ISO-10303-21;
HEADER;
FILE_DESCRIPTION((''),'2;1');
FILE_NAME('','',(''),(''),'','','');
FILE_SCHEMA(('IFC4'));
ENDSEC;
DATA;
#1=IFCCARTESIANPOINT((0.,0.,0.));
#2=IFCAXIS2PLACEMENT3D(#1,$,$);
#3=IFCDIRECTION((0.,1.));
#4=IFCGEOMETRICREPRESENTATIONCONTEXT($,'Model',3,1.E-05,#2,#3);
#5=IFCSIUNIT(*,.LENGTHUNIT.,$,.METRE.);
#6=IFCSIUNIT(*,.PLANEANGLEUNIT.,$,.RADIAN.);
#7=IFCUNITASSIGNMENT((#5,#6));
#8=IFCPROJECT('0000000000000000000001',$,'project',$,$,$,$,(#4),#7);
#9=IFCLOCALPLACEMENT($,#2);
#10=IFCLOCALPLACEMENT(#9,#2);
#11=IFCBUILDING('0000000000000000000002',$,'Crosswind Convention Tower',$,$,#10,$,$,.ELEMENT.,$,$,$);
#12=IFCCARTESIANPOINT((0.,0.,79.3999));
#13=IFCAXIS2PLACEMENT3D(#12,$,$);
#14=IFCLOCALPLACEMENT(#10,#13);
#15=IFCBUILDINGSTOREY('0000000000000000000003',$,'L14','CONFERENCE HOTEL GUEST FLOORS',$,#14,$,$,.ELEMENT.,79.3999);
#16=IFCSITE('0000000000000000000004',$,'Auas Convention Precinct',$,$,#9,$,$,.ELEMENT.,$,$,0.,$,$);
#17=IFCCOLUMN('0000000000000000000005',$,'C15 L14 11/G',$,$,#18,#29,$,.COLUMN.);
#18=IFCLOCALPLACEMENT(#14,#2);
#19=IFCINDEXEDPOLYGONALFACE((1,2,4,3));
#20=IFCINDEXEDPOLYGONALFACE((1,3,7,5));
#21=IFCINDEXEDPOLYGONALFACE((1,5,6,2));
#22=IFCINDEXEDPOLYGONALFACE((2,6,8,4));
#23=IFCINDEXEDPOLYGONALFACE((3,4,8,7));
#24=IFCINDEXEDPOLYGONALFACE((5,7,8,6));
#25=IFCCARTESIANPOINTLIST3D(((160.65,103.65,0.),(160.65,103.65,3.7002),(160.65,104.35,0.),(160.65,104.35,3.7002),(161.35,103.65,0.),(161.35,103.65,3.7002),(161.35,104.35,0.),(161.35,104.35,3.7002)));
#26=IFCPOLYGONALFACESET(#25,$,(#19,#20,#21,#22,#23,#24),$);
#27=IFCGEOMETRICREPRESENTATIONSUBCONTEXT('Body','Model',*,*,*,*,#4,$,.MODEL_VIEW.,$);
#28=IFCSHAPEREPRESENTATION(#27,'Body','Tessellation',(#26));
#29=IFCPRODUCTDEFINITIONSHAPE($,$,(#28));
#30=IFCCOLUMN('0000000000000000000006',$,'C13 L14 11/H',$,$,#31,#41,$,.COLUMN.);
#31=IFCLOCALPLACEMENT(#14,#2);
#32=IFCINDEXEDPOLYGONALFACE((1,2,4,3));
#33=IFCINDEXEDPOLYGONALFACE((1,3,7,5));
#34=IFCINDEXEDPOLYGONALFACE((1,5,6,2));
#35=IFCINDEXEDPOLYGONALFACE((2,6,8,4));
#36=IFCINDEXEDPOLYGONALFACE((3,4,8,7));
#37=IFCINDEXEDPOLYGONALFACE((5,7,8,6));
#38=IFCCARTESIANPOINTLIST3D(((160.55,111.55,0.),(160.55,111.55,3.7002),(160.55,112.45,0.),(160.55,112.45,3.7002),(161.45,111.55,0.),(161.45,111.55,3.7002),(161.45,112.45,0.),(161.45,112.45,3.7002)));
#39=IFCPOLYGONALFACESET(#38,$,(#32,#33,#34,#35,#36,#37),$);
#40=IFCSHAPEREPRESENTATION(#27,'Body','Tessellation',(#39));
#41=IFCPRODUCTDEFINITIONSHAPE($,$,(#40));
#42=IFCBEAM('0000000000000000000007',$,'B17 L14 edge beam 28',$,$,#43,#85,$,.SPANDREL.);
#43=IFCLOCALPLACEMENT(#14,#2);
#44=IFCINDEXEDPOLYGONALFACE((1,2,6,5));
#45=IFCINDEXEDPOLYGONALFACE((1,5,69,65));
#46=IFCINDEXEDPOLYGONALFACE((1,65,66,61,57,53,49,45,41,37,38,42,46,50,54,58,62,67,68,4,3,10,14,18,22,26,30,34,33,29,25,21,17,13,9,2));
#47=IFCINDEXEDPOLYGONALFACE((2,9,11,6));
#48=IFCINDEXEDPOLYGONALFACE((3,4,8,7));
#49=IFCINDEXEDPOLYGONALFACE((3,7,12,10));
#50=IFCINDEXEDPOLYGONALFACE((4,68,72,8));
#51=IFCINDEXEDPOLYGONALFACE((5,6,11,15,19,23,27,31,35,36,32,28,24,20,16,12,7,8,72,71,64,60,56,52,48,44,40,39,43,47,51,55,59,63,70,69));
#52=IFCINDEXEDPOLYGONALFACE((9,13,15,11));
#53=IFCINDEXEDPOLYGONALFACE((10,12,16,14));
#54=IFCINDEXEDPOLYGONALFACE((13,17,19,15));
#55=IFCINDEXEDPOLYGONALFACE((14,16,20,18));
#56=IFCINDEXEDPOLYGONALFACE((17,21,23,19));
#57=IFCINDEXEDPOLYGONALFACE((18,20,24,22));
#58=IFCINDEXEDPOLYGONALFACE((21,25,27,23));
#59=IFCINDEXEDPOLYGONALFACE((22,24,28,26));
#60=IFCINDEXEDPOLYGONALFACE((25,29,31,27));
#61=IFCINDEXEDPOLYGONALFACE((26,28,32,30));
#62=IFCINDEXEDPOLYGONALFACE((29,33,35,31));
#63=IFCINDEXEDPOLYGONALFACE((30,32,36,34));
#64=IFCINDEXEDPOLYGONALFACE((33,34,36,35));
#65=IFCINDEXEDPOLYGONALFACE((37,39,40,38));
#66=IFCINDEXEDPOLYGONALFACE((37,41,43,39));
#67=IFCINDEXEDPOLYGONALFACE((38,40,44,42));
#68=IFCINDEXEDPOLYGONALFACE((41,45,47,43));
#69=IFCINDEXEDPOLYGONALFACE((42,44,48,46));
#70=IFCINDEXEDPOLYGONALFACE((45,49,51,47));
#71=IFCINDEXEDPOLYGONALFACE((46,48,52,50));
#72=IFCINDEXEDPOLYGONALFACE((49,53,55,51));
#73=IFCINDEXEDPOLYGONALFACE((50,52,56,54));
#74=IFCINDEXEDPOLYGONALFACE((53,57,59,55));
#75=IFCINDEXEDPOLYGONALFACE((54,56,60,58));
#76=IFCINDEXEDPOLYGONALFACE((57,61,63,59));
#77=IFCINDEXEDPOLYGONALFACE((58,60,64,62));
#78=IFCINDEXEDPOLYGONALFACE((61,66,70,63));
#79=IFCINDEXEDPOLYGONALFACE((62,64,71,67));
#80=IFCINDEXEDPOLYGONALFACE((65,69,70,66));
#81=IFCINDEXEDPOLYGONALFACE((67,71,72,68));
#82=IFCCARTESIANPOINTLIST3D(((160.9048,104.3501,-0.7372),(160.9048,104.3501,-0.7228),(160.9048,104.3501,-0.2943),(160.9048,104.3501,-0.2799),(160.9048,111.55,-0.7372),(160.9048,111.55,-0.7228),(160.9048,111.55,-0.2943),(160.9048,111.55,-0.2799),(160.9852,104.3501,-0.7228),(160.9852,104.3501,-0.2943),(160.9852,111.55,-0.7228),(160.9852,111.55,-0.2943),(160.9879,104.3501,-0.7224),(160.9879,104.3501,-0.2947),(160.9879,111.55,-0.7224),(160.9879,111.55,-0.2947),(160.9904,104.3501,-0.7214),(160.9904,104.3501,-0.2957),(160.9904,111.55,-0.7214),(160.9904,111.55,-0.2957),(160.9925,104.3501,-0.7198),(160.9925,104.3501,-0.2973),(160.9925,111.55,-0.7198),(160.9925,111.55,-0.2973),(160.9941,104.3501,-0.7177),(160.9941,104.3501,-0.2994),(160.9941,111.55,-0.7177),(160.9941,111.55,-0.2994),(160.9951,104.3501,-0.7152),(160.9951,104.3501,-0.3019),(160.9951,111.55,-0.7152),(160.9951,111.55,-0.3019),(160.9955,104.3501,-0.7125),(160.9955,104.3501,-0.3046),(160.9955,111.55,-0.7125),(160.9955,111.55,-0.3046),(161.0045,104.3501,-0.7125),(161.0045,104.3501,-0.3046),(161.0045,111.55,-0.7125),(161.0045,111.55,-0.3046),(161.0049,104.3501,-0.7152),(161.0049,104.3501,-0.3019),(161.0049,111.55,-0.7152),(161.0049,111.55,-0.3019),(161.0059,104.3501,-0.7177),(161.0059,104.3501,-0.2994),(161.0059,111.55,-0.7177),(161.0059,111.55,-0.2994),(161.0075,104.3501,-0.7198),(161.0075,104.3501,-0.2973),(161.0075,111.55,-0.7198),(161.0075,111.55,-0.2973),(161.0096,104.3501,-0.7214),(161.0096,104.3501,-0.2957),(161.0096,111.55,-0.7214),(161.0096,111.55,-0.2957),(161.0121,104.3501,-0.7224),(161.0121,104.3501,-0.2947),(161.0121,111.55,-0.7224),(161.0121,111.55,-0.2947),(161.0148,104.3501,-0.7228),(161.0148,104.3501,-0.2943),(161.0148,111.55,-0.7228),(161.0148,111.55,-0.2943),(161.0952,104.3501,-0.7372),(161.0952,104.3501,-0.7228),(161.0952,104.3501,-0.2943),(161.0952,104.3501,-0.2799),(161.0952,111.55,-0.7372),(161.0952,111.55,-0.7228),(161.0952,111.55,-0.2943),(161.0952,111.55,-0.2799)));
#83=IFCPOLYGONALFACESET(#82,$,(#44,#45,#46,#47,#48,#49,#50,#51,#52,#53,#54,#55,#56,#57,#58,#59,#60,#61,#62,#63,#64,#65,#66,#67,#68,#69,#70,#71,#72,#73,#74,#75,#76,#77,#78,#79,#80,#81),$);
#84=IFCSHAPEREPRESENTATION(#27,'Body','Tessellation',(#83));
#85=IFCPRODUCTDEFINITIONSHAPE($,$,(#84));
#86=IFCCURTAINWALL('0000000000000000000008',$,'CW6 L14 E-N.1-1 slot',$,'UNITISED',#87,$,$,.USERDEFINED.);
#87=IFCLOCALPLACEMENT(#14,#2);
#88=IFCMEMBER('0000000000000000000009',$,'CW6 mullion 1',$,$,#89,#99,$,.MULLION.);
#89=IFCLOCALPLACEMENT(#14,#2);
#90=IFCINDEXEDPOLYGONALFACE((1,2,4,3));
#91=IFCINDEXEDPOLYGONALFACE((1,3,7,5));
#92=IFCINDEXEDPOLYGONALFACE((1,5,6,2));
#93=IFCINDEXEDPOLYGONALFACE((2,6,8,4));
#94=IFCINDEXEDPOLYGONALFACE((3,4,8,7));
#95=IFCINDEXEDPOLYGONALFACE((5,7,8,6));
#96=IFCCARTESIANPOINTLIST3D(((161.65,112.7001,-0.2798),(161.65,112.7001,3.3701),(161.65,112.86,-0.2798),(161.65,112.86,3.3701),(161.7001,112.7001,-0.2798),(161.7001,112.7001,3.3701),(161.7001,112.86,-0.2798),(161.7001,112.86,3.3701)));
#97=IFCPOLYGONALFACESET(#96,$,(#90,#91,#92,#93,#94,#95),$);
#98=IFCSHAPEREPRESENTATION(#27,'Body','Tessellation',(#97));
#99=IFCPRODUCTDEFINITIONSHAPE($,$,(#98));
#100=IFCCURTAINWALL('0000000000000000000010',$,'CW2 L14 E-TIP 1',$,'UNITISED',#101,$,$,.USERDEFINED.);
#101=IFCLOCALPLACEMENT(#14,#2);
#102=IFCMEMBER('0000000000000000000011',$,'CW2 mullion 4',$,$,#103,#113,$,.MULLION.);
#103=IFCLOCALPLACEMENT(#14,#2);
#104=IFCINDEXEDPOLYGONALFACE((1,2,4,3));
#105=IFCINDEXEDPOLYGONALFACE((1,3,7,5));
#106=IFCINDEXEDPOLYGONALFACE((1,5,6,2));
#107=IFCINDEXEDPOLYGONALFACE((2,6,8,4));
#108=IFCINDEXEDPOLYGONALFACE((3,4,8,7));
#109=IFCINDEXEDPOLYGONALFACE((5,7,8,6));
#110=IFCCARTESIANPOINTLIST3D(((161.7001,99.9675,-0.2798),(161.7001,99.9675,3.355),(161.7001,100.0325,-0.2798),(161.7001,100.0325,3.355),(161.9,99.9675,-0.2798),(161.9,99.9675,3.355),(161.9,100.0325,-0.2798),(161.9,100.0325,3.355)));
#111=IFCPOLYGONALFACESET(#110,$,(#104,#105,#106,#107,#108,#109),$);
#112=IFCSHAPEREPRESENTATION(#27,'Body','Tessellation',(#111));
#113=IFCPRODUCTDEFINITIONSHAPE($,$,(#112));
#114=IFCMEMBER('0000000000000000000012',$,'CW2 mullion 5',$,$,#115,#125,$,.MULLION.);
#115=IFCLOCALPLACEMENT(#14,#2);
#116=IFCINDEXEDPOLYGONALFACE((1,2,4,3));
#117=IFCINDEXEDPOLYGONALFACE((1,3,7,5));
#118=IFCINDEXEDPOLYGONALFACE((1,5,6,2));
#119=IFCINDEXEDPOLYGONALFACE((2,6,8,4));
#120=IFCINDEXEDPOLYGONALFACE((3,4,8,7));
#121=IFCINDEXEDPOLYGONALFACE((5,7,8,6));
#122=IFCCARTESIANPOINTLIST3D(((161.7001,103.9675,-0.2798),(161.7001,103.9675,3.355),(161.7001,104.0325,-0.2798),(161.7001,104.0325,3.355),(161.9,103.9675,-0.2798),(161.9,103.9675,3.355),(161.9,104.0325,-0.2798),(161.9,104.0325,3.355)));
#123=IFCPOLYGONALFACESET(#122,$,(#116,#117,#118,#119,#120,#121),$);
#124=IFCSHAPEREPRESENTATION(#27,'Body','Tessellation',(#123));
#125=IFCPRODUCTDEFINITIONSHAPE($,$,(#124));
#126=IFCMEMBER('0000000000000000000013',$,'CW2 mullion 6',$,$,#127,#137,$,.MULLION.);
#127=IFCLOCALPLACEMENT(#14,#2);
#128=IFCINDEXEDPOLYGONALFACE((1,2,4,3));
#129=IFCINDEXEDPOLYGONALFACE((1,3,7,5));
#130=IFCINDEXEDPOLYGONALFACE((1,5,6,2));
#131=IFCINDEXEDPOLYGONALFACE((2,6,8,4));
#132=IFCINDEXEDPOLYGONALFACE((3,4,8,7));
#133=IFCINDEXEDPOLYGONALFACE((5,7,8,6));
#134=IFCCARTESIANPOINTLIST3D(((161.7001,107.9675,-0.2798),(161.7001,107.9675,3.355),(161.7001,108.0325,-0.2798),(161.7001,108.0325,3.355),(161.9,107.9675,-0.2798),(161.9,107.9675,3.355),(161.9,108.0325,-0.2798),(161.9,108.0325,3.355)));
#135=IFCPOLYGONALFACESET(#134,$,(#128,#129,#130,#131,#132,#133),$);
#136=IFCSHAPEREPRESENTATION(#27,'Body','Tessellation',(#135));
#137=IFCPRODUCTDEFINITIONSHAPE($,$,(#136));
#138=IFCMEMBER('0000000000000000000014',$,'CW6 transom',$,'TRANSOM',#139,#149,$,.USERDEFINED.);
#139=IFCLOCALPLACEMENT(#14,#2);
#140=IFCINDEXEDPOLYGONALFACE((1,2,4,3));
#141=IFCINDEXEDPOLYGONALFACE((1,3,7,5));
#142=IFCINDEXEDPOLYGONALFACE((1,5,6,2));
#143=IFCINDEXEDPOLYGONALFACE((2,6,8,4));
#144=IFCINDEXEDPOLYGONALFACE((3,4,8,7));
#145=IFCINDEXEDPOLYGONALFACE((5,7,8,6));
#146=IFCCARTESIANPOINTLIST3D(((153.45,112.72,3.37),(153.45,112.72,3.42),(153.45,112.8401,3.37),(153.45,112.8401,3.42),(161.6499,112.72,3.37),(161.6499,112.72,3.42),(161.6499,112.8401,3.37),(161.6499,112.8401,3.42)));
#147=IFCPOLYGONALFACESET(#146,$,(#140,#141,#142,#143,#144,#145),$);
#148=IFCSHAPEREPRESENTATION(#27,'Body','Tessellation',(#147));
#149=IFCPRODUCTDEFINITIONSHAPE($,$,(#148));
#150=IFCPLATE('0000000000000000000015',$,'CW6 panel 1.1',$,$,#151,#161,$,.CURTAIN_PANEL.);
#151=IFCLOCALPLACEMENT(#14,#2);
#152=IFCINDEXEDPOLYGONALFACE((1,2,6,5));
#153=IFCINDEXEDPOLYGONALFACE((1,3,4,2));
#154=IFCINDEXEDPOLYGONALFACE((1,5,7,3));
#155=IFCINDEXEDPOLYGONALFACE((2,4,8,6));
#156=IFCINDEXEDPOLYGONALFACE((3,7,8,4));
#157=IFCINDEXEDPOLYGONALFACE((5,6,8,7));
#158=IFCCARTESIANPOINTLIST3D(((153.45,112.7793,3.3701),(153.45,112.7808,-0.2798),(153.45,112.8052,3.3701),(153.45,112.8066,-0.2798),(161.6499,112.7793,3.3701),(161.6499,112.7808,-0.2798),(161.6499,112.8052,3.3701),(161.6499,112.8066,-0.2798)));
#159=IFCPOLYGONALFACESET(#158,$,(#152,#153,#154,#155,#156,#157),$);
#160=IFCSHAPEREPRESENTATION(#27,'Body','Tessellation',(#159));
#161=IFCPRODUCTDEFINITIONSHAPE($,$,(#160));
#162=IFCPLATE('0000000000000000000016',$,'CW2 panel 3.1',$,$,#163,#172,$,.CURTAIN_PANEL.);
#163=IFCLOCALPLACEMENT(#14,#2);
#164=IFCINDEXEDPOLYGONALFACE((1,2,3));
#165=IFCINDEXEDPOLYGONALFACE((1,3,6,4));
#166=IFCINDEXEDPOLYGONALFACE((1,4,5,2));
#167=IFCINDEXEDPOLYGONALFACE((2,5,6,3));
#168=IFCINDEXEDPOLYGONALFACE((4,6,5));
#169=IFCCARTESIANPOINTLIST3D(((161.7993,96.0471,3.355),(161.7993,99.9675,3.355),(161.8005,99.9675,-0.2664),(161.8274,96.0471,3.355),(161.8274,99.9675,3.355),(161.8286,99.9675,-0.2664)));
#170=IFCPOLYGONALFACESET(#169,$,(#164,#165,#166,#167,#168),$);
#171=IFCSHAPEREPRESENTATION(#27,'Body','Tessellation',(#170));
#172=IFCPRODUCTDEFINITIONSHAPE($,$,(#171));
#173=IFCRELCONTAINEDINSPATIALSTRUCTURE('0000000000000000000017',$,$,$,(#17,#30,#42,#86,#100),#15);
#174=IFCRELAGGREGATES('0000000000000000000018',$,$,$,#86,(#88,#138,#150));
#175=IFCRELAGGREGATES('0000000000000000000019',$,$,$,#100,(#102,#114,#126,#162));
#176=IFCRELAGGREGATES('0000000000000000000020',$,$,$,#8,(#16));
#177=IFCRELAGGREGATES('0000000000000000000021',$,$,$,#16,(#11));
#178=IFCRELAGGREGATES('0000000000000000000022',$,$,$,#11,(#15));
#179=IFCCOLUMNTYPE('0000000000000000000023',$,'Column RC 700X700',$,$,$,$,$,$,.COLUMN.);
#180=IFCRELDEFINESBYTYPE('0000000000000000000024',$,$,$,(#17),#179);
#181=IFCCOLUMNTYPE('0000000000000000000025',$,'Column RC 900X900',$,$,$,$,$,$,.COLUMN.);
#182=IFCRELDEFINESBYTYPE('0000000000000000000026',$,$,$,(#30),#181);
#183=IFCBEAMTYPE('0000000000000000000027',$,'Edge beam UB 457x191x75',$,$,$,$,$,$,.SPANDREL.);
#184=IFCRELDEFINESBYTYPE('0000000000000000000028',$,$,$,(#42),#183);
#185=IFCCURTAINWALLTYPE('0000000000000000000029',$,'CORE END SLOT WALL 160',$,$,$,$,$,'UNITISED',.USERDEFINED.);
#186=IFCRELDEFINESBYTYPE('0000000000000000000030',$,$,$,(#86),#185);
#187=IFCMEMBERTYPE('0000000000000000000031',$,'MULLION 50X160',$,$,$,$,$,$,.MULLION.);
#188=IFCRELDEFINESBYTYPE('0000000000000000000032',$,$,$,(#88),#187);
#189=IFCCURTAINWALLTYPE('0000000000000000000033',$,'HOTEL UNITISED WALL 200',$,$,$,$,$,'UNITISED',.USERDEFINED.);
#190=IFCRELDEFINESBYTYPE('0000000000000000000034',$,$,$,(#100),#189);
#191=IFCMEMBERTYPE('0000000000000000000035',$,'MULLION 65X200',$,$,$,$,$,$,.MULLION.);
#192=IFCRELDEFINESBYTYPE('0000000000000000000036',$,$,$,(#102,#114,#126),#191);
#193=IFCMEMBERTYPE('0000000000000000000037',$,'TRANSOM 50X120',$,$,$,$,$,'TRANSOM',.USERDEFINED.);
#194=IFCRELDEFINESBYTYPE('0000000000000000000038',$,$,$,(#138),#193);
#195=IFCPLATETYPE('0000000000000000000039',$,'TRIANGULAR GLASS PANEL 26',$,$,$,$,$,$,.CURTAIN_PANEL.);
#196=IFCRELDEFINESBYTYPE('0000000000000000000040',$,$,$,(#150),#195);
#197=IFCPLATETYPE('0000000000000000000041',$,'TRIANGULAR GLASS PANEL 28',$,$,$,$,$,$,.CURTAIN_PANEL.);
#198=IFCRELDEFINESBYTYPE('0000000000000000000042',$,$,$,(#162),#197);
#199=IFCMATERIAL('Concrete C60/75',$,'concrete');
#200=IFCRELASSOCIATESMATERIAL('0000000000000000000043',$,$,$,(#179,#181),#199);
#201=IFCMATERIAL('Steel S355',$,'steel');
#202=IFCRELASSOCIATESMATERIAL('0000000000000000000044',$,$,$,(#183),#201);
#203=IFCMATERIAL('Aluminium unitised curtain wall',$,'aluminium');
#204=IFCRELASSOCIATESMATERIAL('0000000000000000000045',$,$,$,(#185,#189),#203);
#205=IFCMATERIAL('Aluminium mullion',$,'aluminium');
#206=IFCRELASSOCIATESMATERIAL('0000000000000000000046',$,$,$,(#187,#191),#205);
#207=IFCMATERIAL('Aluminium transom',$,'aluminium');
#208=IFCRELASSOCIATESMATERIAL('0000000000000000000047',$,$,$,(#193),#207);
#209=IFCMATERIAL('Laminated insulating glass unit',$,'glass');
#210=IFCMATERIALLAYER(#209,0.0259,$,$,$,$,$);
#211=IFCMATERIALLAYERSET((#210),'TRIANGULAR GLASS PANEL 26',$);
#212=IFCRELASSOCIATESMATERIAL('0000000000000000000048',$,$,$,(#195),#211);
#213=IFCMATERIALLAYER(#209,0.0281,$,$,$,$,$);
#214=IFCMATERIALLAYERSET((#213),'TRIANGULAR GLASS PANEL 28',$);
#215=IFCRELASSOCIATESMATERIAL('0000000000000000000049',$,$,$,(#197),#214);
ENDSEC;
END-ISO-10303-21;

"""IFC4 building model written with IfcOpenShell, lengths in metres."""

from ifc_helpers import new_model, si_unit, direction, frame, origin, origin_2d, place, context, subcontext, project, spatial, polyline, rectangle, i_section, outline, extrude, material, layer, layer_set, material_profile, profile_set, type_object, element, aggregate, save


model = new_model("IFC4")

# Units and contexts
model_context = context("Model", 3, precision=1e-05, world=origin(), true_north=direction((0.0, 1.0)))
body_context = subcontext(model_context, "Body", "Model", "MODEL_VIEW")
ifc_project = project(units=[si_unit("LENGTHUNIT", "METRE"), si_unit("PLANEANGLEUNIT", "RADIAN")], contexts=[model_context])

# Site, building, storey
site_placement = place(None, origin())
site = spatial("IfcSite", under=ifc_project, at=site_placement, Name="Auas Convention Precinct", CompositionType="ELEMENT", RefElevation=0.0)
building_placement = place(site_placement, origin())
building = spatial("IfcBuilding", under=site, at=building_placement, Name="Crosswind Convention Tower", CompositionType="ELEMENT")
storey_placement = place(building_placement, frame((0.0, 0.0, 79.3999)))
storey = spatial("IfcBuildingStorey", under=building, at=storey_placement, Name="L14", Description="CONFERENCE HOTEL GUEST FLOORS", CompositionType="ELEMENT", Elevation=79.3999)

# Columns
ifc_material_1 = material(Name="Concrete C60/75", Category="concrete")
ifc_material_profile_1 = material_profile(ifc_material_1, rectangle(XDim=0.7, YDim=0.7, at=origin_2d()), Name="RC 700X700")
ifc_profile_set_1 = profile_set([ifc_material_profile_1], Name="Concrete C60/75")
column_type_1 = type_object("IfcColumnType", Name="Column RC 700X700", PredefinedType="COLUMN", material=ifc_profile_set_1)
column_1_placement = place(storey_placement, frame((161.0, 104.0, 0.0), z_axis=(0.0, 0.0, 1.0), x_axis=(1.0, 0.0, 0.0)))
element("IfcColumn", 1, at=column_1_placement, inside=storey, type_object=column_type_1, Name="C15 L14 11/G", PredefinedType="COLUMN", context=body_context, shape_type="SweptSolid", body=[
    extrude(rectangle(XDim=0.7, YDim=0.7, at=origin_2d()), origin(), (0.0, 0.0, 1.0), 3.7002),
])
ifc_material_profile_2 = material_profile(ifc_material_1, rectangle(XDim=0.8999, YDim=0.8999, at=origin_2d()), Name="RC 900X900")
ifc_profile_set_2 = profile_set([ifc_material_profile_2], Name="Concrete C60/75")
column_type_2 = type_object("IfcColumnType", Name="Column RC 900X900", PredefinedType="COLUMN", material=ifc_profile_set_2)
column_2_placement = place(storey_placement, frame((161.0, 112.0, 0.0), z_axis=(0.0, 0.0, 1.0), x_axis=(1.0, 0.0, 0.0)))
element("IfcColumn", 2, at=column_2_placement, inside=storey, type_object=column_type_2, Name="C13 L14 11/H", PredefinedType="COLUMN", context=body_context, shape_type="SweptSolid", body=[
    extrude(rectangle(XDim=0.8999, YDim=0.8999, at=origin_2d()), origin(), (0.0, 0.0, 1.0), 3.7002),
])

# Beam
ifc_material_2 = material(Name="Steel S355", Category="steel")
ifc_material_profile_3 = material_profile(ifc_material_2, i_section(OverallWidth=0.1904, OverallDepth=0.4573, WebThickness=0.009, FlangeThickness=0.0144, FilletRadius=0.0103, at=origin_2d()), Name="UB 457x191x75")
ifc_profile_set_3 = profile_set([ifc_material_profile_3], Name="Steel S355")
beam_type = type_object("IfcBeamType", Name="Edge beam UB 457x191x75", PredefinedType="SPANDREL", material=ifc_profile_set_3)
beam_placement = place(storey_placement, frame((161.0, 104.3501, -0.5085), z_axis=(0.0, 1.0, 0.0), x_axis=(-1.0, 0.0, 0.0)))
element("IfcBeam", 3, at=beam_placement, inside=storey, type_object=beam_type, Name="B17 L14 edge beam 28", PredefinedType="SPANDREL", context=body_context, shape_type="SweptSolid", body=[
    extrude(i_section(OverallWidth=0.1904, OverallDepth=0.4573, WebThickness=0.009, FlangeThickness=0.0144, FilletRadius=0.0103, at=origin_2d()), origin(), (0.0, 0.0, 1.0), 7.2),
])

# Curtain wall, member
ifc_material_3 = material(Name="Aluminium unitised curtain wall", Category="aluminium")
curtain_wall_type_1 = type_object("IfcCurtainWallType", Name="CORE END SLOT WALL 160", ElementType="UNITISED", PredefinedType="USERDEFINED", material=ifc_material_3)
curtain_wall_1_placement = place(storey_placement, origin())
curtain_wall_1 = element("IfcCurtainWall", 4, at=curtain_wall_1_placement, inside=storey, type_object=curtain_wall_type_1, Name="CW6 L14 E-N.1-1 slot", ObjectType="UNITISED", PredefinedType="USERDEFINED")
ifc_material_4 = material(Name="Aluminium mullion", Category="aluminium")
ifc_material_profile_4 = material_profile(ifc_material_4, rectangle(XDim=0.1599, YDim=0.05, at=origin_2d()), Name="AL 160X50")
ifc_profile_set_4 = profile_set([ifc_material_profile_4], Name="Aluminium mullion")
member_type_1 = type_object("IfcMemberType", Name="MULLION 50X160", PredefinedType="MULLION", material=ifc_profile_set_4)
member_1_placement = place(storey_placement, frame((161.675, 112.78, -0.2798), z_axis=(0.0, 0.0, 1.0), x_axis=(0.0, 1.0, 0.0)))
member_1 = element("IfcMember", 5, at=member_1_placement, type_object=member_type_1, Name="CW6 mullion 1", PredefinedType="MULLION", context=body_context, shape_type="SweptSolid", body=[
    extrude(rectangle(XDim=0.1599, YDim=0.05, at=origin_2d()), origin(), (0.0, 0.0, 1.0), 3.6499),
])

# Curtain wall, members
curtain_wall_type_2 = type_object("IfcCurtainWallType", Name="HOTEL UNITISED WALL 200", ElementType="UNITISED", PredefinedType="USERDEFINED", material=ifc_material_3)
curtain_wall_2_placement = place(storey_placement, origin())
curtain_wall_2 = element("IfcCurtainWall", 6, at=curtain_wall_2_placement, inside=storey, type_object=curtain_wall_type_2, Name="CW2 L14 E-TIP 1", ObjectType="UNITISED", PredefinedType="USERDEFINED")
ifc_material_profile_5 = material_profile(ifc_material_4, rectangle(XDim=0.2, YDim=0.0649, at=origin_2d()), Name="AL 200X65")
ifc_profile_set_5 = profile_set([ifc_material_profile_5], Name="Aluminium mullion")
member_type_2 = type_object("IfcMemberType", Name="MULLION 65X200", PredefinedType="MULLION", material=ifc_profile_set_5)
member_2_placement = place(storey_placement, frame((161.8, 100.0, -0.2798), z_axis=(0.0, 0.0, 1.0), x_axis=(1.0, 0.0, 0.0)))
member_2 = element("IfcMember", 7, at=member_2_placement, type_object=member_type_2, Name="CW2 mullion 4", PredefinedType="MULLION", context=body_context, shape_type="SweptSolid", body=[
    extrude(rectangle(XDim=0.2, YDim=0.0649, at=origin_2d()), origin(), (0.0, 0.0, 1.0), 3.6348),
])
member_3_placement = place(storey_placement, frame((161.8, 104.0, -0.2798), z_axis=(0.0, 0.0, 1.0), x_axis=(1.0, 0.0, 0.0)))
member_3 = element("IfcMember", 8, at=member_3_placement, type_object=member_type_2, Name="CW2 mullion 5", PredefinedType="MULLION", context=body_context, shape_type="SweptSolid", body=[
    extrude(rectangle(XDim=0.2, YDim=0.0649, at=origin_2d()), origin(), (0.0, 0.0, 1.0), 3.6348),
])
member_4_placement = place(storey_placement, frame((161.8, 108.0, -0.2798), z_axis=(0.0, 0.0, 1.0), x_axis=(1.0, 0.0, 0.0)))
member_4 = element("IfcMember", 9, at=member_4_placement, type_object=member_type_2, Name="CW2 mullion 6", PredefinedType="MULLION", context=body_context, shape_type="SweptSolid", body=[
    extrude(rectangle(XDim=0.2, YDim=0.0649, at=origin_2d()), origin(), (0.0, 0.0, 1.0), 3.6348),
])

# Member
ifc_material_5 = material(Name="Aluminium transom", Category="aluminium")
ifc_material_profile_6 = material_profile(ifc_material_5, rectangle(XDim=0.1201, YDim=0.05, at=origin_2d()), Name="AL 120X50")
ifc_profile_set_6 = profile_set([ifc_material_profile_6], Name="Aluminium transom")
member_type_3 = type_object("IfcMemberType", Name="TRANSOM 50X120", ElementType="TRANSOM", PredefinedType="USERDEFINED", material=ifc_profile_set_6)
member_5_placement = place(storey_placement, frame((161.6499, 112.78, 3.395), z_axis=(-1.0, 0.0, 0.0), x_axis=(0.0, -1.0, 0.0)))
member_5 = element("IfcMember", 10, at=member_5_placement, type_object=member_type_3, Name="CW6 transom", ObjectType="TRANSOM", PredefinedType="USERDEFINED", context=body_context, shape_type="SweptSolid", body=[
    extrude(rectangle(XDim=0.1201, YDim=0.05, at=origin_2d()), origin(), (0.0, 0.0, 1.0), 8.2),
])

# Plates
ifc_material_6 = material(Name="Laminated insulating glass unit", Category="glass")
ifc_layer_1 = layer(ifc_material_6, 0.0259)
ifc_layer_set_1 = layer_set([ifc_layer_1], Name="TRIANGULAR GLASS PANEL 26")
plate_type_1 = type_object("IfcPlateType", Name="TRIANGULAR GLASS PANEL 26", PredefinedType="CURTAIN_PANEL", material=ifc_layer_set_1)
plate_1_placement = place(storey_placement, frame((161.6499, 112.8066, -0.2798), z_axis=(0.0, 1.0, 0.000401), x_axis=(-1.0, 0.0, 0.0)))
plate_1 = element("IfcPlate", 11, at=plate_1_placement, type_object=plate_type_1, Name="CW6 panel 1.1", PredefinedType="CURTAIN_PANEL", context=body_context, shape_type="SweptSolid", body=[
    extrude(outline(polyline([(0.0, 0.0), (8.2, 0.0), (8.2, 3.6499), (0.0, 3.6499), (0.0, 0.0)])), origin(), (0.0, 0.0, -1.0), 0.0259),
])
aggregate(curtain_wall_1, [member_1, member_5, plate_1])
ifc_layer_2 = layer(ifc_material_6, 0.0281)
ifc_layer_set_2 = layer_set([ifc_layer_2], Name="TRIANGULAR GLASS PANEL 28")
plate_type_2 = type_object("IfcPlateType", Name="TRIANGULAR GLASS PANEL 28", PredefinedType="CURTAIN_PANEL", material=ifc_layer_set_2)
plate_2_placement = place(storey_placement, frame((161.8274, 99.9675, 3.355), z_axis=(1.0, 0.0, 0.000337), x_axis=(0.0, -1.0, 0.0)))
plate_2 = element("IfcPlate", 12, at=plate_2_placement, type_object=plate_type_2, Name="CW2 panel 3.1", PredefinedType="CURTAIN_PANEL", context=body_context, shape_type="SweptSolid", body=[
    extrude(outline(polyline([(0.0, 0.0), (3.9204, 0.0), (0.0, 3.6213), (0.0, 0.0)])), origin(), (0.0, 0.0, -1.0), 0.0281),
])
aggregate(curtain_wall_2, [member_2, member_3, member_4, plate_2])

save(model, "model.ifc")
